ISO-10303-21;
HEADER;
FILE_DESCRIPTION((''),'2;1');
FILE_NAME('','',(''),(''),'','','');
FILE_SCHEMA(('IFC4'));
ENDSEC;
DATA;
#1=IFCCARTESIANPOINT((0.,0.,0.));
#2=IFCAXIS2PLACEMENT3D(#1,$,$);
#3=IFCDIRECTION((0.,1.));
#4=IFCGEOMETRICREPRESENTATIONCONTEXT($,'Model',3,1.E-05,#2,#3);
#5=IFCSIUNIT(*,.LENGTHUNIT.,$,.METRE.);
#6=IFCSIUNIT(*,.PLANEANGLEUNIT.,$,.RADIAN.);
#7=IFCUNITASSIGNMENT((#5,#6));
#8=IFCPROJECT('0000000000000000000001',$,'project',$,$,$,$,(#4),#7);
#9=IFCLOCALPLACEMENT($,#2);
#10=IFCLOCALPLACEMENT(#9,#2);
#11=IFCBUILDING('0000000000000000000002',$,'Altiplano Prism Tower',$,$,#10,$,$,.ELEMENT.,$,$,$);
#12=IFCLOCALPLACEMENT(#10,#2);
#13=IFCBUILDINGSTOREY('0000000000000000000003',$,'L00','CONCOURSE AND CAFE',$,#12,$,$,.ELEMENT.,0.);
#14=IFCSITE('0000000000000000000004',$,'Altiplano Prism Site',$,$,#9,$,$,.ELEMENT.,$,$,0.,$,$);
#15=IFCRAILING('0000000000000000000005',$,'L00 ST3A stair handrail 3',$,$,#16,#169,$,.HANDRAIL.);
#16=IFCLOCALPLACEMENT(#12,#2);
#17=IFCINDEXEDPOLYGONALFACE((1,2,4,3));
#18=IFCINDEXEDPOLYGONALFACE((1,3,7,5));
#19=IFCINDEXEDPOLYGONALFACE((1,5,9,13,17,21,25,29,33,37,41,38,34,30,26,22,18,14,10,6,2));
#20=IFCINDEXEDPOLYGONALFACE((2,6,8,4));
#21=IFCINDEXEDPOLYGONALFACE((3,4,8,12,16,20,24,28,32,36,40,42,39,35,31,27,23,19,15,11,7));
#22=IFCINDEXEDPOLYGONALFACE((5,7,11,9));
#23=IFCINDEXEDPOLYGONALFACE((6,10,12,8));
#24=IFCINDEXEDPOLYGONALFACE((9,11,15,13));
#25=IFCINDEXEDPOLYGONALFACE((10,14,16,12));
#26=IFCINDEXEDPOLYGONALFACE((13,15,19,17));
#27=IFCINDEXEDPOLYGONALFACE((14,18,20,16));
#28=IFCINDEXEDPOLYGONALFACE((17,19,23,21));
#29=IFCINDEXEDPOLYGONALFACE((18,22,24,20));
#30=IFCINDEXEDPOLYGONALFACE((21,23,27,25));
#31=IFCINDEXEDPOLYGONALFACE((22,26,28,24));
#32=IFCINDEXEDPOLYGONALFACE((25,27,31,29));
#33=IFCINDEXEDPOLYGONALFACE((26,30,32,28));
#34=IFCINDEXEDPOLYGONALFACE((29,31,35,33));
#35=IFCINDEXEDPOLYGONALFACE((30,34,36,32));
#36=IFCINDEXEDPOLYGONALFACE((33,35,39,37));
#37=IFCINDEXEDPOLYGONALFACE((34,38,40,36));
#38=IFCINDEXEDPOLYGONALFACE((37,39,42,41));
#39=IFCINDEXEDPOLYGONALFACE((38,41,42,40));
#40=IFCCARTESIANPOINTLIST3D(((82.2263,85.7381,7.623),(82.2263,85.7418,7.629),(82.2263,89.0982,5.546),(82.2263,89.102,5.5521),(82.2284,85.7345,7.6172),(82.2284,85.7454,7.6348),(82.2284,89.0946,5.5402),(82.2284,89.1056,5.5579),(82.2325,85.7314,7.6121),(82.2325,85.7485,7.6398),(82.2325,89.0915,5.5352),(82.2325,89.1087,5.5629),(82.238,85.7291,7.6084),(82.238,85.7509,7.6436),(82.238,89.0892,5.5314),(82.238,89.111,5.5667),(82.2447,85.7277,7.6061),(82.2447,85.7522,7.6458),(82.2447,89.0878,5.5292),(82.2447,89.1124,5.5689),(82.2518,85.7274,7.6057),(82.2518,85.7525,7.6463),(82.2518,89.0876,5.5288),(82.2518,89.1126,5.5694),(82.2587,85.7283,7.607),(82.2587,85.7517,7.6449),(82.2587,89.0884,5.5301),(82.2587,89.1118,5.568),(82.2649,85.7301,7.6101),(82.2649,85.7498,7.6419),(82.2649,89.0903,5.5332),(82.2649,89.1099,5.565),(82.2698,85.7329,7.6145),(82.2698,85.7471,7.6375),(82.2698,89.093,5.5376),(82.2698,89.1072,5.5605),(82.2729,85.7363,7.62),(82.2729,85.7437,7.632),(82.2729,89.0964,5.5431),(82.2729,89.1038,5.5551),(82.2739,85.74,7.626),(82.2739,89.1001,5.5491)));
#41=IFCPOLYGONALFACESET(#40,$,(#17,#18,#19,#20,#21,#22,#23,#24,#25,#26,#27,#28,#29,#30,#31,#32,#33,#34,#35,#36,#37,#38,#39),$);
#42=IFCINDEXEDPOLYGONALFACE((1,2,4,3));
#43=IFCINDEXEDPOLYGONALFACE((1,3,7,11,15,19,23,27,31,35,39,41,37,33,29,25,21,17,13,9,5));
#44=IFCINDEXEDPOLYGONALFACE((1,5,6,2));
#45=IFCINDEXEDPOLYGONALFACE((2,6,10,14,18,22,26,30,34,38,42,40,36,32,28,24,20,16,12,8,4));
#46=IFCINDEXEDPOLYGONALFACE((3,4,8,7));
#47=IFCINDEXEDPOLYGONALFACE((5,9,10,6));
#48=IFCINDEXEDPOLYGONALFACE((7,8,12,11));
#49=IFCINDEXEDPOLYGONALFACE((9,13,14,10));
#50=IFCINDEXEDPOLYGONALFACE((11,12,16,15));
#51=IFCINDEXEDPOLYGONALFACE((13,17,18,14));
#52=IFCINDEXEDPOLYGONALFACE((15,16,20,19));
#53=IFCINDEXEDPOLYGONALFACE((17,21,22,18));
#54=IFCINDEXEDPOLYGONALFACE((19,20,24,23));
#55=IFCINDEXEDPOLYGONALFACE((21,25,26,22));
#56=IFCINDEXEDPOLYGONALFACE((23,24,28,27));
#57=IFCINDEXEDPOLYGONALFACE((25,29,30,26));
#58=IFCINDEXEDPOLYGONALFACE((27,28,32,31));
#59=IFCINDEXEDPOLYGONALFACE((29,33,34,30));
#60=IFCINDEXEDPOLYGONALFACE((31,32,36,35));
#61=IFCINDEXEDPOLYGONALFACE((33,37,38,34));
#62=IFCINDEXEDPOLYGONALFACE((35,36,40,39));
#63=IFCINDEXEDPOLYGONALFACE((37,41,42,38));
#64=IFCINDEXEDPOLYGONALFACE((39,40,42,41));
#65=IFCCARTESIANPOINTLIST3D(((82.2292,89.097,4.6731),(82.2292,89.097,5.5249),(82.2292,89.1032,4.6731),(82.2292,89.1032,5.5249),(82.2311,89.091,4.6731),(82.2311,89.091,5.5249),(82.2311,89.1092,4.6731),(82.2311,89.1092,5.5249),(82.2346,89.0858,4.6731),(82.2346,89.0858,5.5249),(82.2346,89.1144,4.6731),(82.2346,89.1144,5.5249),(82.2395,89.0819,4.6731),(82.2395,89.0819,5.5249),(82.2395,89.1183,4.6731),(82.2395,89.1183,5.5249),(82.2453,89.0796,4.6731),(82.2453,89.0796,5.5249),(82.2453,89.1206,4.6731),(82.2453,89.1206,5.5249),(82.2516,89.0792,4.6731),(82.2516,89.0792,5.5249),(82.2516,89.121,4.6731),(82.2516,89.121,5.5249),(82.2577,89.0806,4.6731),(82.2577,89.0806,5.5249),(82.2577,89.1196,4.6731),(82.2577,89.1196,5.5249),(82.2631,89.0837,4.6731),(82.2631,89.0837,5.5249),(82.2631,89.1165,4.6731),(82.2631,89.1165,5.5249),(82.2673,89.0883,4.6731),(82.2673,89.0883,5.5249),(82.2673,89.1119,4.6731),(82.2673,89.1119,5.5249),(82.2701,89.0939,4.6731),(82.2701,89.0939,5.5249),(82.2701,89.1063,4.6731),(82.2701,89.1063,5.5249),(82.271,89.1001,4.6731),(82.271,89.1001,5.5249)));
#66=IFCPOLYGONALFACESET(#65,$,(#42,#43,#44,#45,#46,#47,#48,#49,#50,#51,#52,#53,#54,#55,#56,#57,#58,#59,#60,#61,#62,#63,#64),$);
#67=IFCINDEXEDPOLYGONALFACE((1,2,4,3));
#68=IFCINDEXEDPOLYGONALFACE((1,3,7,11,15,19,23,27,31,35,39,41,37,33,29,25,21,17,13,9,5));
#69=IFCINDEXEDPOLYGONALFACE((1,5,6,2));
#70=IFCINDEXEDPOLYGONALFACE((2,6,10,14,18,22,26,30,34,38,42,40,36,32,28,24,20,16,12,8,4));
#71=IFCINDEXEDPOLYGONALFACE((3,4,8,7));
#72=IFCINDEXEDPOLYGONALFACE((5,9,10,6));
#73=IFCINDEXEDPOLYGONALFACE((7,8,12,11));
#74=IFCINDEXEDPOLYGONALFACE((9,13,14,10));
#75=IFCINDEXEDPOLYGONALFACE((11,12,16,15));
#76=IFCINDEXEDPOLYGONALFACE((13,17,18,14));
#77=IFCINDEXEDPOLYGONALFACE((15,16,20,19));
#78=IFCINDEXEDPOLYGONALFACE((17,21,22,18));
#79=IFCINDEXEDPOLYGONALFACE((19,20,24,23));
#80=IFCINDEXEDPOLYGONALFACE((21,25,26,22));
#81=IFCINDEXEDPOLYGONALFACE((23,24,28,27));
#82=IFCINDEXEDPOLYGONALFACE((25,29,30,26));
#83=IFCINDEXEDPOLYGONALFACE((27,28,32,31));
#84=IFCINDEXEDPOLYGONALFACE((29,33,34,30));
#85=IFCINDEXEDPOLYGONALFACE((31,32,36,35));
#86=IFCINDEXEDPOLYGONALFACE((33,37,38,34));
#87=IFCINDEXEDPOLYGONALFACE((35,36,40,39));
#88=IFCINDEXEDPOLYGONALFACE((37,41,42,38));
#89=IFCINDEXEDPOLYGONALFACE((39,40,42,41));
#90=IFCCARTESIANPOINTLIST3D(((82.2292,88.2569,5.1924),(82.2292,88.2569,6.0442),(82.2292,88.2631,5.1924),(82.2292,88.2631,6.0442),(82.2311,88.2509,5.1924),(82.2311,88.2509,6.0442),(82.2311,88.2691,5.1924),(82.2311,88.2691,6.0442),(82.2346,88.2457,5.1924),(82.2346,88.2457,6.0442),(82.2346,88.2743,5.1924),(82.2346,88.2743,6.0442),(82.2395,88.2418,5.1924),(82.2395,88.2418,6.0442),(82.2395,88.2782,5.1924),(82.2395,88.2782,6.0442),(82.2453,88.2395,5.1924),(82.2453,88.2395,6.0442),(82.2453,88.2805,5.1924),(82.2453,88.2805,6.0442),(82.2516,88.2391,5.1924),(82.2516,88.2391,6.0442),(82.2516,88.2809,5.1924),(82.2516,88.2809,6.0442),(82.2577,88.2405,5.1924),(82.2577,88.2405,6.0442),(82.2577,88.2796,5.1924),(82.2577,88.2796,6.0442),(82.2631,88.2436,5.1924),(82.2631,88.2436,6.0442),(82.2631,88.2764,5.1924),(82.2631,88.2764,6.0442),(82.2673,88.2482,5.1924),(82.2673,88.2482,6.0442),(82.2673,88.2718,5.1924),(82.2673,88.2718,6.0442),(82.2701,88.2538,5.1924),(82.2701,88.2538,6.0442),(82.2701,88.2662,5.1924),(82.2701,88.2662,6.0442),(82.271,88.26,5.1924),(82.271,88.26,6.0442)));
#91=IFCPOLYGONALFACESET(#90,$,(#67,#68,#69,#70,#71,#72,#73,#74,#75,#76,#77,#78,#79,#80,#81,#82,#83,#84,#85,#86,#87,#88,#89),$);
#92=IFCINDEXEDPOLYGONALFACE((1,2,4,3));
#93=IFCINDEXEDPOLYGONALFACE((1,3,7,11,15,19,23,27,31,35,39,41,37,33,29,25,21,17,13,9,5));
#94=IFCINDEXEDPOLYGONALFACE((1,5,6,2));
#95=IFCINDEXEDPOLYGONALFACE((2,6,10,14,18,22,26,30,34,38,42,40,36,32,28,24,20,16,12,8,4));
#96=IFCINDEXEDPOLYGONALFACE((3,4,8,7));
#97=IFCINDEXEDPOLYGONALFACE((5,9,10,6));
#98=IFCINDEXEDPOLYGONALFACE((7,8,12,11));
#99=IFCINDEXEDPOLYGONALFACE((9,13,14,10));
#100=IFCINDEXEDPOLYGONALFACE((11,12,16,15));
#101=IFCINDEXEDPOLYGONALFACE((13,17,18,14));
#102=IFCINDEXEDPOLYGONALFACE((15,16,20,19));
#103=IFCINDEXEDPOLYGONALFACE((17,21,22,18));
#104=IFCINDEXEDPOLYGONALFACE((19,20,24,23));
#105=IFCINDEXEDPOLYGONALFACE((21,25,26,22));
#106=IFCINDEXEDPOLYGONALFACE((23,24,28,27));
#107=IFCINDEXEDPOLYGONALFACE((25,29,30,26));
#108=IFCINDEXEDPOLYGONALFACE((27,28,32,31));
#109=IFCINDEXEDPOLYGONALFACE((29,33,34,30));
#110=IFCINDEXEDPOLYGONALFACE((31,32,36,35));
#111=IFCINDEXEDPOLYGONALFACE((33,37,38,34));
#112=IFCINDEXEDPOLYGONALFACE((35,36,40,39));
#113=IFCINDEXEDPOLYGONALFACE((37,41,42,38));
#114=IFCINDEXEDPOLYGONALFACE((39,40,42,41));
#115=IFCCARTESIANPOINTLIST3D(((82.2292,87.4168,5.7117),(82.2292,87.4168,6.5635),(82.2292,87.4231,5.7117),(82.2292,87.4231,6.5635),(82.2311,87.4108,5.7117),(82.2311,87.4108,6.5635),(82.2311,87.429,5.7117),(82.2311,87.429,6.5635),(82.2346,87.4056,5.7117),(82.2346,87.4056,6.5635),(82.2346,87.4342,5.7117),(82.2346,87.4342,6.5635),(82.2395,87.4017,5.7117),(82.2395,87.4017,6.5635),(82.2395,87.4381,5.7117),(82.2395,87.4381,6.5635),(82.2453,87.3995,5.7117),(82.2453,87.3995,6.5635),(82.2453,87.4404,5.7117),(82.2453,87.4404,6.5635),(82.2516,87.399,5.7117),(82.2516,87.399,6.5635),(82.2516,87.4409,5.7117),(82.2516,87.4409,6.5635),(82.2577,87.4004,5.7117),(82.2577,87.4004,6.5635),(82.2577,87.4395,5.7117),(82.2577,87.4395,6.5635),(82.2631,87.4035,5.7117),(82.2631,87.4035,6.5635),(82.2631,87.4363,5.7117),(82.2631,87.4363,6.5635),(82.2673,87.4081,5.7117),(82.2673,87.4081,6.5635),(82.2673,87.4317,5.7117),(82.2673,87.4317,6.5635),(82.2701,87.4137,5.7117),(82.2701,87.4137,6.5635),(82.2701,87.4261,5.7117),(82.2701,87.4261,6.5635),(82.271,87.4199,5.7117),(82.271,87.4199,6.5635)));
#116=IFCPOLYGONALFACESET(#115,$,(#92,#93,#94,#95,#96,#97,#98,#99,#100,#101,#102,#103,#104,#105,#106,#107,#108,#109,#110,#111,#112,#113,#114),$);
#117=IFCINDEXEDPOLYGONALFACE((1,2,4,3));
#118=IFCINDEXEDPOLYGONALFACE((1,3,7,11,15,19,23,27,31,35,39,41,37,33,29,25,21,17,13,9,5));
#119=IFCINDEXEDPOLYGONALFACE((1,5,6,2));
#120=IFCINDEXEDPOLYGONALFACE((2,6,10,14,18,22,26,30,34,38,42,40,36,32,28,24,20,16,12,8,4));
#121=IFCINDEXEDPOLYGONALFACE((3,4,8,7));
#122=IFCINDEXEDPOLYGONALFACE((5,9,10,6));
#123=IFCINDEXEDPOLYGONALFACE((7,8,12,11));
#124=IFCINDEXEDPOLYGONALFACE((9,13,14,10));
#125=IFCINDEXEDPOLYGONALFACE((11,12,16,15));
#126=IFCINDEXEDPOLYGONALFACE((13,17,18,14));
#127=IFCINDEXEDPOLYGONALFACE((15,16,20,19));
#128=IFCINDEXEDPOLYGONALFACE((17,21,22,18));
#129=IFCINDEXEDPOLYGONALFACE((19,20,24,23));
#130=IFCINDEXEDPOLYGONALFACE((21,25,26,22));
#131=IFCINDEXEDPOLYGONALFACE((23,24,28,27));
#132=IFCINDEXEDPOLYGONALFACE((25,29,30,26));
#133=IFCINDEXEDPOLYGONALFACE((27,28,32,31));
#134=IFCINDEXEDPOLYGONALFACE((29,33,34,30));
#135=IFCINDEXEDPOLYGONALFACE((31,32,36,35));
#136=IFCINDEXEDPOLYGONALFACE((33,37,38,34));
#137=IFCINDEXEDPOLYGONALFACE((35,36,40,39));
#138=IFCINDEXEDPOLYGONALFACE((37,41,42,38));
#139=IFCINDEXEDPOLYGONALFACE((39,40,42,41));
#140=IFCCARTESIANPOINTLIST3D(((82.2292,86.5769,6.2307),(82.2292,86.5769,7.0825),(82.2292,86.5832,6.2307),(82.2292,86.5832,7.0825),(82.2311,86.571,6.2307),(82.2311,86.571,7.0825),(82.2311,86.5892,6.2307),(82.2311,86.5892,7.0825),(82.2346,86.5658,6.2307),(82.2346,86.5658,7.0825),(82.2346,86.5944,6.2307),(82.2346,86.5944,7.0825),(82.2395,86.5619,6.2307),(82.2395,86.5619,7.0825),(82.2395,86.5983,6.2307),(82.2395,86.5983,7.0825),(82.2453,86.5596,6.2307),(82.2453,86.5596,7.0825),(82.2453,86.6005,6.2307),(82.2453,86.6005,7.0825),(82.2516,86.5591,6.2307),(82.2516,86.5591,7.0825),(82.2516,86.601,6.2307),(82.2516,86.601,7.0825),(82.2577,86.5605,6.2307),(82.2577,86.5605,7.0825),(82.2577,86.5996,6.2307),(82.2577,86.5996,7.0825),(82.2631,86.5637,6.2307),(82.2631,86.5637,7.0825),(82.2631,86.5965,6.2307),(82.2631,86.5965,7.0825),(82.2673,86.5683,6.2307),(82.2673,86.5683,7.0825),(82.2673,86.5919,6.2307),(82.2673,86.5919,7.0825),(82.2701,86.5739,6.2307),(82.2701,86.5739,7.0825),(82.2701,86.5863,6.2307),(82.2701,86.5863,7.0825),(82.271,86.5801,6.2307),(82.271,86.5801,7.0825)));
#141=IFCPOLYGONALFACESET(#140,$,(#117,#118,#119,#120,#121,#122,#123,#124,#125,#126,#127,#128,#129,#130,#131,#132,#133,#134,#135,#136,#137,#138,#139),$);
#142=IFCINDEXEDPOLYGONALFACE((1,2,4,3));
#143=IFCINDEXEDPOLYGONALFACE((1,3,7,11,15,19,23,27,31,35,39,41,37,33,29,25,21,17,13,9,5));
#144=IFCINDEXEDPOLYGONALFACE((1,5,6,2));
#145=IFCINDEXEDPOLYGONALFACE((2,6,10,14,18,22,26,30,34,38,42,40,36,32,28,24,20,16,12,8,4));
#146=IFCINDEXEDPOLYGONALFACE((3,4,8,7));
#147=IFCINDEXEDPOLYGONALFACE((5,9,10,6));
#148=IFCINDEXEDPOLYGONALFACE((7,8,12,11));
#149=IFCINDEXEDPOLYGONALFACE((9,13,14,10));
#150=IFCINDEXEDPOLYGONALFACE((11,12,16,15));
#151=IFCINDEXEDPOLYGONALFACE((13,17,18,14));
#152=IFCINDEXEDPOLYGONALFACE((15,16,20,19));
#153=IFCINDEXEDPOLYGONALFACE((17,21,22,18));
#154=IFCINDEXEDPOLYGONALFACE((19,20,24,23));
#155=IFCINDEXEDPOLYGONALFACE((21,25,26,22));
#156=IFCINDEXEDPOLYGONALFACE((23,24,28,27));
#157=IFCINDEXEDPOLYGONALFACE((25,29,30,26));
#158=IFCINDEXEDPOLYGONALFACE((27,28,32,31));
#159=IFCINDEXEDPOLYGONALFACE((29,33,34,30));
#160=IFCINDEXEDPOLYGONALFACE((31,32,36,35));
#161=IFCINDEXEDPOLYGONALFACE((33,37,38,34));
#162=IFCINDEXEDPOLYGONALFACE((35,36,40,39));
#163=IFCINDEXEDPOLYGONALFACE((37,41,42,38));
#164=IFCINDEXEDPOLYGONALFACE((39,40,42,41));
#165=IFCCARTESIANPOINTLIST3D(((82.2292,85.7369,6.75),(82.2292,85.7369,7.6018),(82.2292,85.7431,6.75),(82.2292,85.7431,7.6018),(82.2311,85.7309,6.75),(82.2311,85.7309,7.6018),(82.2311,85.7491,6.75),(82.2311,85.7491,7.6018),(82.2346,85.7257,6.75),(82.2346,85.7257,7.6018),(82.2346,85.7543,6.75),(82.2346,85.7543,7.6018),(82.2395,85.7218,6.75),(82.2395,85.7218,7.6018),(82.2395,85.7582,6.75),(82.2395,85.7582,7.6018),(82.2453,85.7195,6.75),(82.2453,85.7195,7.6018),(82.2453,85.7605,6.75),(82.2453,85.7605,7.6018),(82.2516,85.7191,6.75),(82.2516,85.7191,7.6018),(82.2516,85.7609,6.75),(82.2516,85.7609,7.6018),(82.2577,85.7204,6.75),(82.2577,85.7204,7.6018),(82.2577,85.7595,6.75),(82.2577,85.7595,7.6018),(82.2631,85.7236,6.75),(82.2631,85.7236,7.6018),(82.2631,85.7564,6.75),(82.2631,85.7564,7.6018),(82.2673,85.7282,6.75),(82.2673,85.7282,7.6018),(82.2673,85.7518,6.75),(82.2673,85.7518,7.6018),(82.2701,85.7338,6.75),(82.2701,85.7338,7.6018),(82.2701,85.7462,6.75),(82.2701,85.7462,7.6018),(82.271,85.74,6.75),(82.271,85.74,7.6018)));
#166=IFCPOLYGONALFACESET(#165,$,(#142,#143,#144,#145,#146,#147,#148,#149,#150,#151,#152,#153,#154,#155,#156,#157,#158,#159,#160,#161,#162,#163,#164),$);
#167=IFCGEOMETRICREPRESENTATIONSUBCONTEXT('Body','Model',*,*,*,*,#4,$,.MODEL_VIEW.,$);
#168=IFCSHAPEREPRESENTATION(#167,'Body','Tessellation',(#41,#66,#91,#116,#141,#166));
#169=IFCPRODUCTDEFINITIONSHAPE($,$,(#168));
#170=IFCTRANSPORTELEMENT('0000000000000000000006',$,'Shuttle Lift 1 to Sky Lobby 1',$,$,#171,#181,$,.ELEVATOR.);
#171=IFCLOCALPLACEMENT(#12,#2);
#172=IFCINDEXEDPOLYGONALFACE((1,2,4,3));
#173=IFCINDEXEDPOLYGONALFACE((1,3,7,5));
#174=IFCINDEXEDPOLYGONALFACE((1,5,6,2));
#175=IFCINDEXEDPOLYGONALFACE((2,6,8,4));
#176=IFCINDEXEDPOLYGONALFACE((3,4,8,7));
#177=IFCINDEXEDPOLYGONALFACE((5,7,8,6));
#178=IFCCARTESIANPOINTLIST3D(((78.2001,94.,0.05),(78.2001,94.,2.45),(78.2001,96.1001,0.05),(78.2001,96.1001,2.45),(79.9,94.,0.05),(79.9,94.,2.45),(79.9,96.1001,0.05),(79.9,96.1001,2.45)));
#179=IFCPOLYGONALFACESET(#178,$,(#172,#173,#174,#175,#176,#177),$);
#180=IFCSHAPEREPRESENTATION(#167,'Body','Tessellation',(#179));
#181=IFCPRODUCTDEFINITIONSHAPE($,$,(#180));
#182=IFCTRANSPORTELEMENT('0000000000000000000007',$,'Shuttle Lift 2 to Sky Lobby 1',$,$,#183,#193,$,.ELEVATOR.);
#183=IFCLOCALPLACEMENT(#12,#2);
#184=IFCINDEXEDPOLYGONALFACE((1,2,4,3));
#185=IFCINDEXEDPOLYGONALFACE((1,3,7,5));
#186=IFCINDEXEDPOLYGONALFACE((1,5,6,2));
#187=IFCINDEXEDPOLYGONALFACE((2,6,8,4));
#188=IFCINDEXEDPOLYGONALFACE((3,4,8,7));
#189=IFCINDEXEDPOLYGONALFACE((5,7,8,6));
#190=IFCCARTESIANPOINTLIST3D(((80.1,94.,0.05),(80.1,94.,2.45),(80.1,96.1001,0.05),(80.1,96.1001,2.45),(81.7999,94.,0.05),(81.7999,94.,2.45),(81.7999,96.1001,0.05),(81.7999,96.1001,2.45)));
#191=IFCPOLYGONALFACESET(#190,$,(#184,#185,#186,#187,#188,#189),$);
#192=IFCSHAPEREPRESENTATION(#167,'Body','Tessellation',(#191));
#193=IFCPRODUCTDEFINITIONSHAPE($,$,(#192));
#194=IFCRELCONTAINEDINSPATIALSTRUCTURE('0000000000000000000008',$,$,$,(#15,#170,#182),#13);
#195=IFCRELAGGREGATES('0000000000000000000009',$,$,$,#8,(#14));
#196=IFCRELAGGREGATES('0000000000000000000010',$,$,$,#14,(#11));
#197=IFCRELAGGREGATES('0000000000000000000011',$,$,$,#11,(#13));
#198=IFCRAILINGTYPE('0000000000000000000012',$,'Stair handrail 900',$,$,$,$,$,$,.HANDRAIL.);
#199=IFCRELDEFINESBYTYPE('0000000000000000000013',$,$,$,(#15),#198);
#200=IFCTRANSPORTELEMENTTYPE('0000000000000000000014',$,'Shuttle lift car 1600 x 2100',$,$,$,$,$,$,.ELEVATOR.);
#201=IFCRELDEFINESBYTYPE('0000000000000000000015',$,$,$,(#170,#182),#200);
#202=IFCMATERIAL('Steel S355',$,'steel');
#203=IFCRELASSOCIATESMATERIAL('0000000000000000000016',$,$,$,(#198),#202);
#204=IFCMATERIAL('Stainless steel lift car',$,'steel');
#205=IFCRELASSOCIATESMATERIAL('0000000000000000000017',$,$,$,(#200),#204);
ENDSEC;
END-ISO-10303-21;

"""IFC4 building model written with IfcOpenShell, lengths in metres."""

from ifc_helpers import new_model, si_unit, direction, frame, origin, origin_2d, place, context, subcontext, project, spatial, rectangle, circle, extrude, material, type_object, element, save


model = new_model("IFC4")

# Units and contexts
model_context = context("Model", 3, precision=1e-05, world=origin(), true_north=direction((0.0, 1.0)))
body_context = subcontext(model_context, "Body", "Model", "MODEL_VIEW")
ifc_project = project(units=[si_unit("LENGTHUNIT", "METRE"), si_unit("PLANEANGLEUNIT", "RADIAN")], contexts=[model_context])

# Site, building, storey
site_placement = place(None, origin())
site = spatial("IfcSite", under=ifc_project, at=site_placement, Name="Altiplano Prism Site", CompositionType="ELEMENT", RefElevation=0.0)
building_placement = place(site_placement, origin())
building = spatial("IfcBuilding", under=site, at=building_placement, Name="Altiplano Prism Tower", CompositionType="ELEMENT")
storey_placement = place(building_placement, origin())
storey = spatial("IfcBuildingStorey", under=building, at=storey_placement, Name="L00", Description="CONCOURSE AND CAFE", CompositionType="ELEMENT", Elevation=0.0)

# Railing
ifc_material_1 = material(Name="Steel S355", Category="steel")
railing_type = type_object("IfcRailingType", Name="Stair handrail 900", PredefinedType="HANDRAIL", material=ifc_material_1)
for number, where, name in (
    (1, (82.25, 89.1001, 4.6731), "L00 ST3A stair handrail 3"),
):
    element("IfcRailing", number, at=place(storey_placement, frame(where)), inside=storey, type_object=railing_type, Name=name, PredefinedType="HANDRAIL", context=body_context, shape_type="SweptSolid", body=[
        extrude(circle(Radius=0.0239, at=origin_2d()), frame((0.0, 0.0, 0.876), z_axis=(0.0, -0.850623, 0.525776), x_axis=(1.0, 0.0, 0.0)), (0.0, 0.0, 1.0), 3.9502),
        extrude(circle(Radius=0.021, at=origin_2d()), origin(), (0.0, 0.0, 1.0), 0.8518),
        extrude(circle(Radius=0.021, at=origin_2d()), frame((0.0, -0.8401, 0.5193)), (0.0, 0.0, 1.0), 0.8518),
        extrude(circle(Radius=0.021, at=origin_2d()), frame((0.0, -1.6802, 1.0386)), (0.0, 0.0, 1.0), 0.8518),
        extrude(circle(Radius=0.021, at=origin_2d()), frame((0.0, -2.52, 1.5576)), (0.0, 0.0, 1.0), 0.8518),
        extrude(circle(Radius=0.021, at=origin_2d()), frame((0.0, -3.3601, 2.0769)), (0.0, 0.0, 1.0), 0.8518),
    ])

# Transport elements
ifc_material_2 = material(Name="Stainless steel lift car", Category="steel")
transport_element_type = type_object("IfcTransportElementType", Name="Shuttle lift car 1600 x 2100", PredefinedType="ELEVATOR", material=ifc_material_2)
for number, where, z_axis, x_axis, name in (
    (2, (79.05, 95.05, 0.05), (0.0, 0.0, 1.0), (1.0, 0.0, 0.0), "Shuttle Lift 1 to Sky Lobby 1"),
    (3, (80.95, 95.05, 0.05), (0.0, 0.0, 1.0), (1.0, 0.0, 0.0), "Shuttle Lift 2 to Sky Lobby 1"),
):
    element("IfcTransportElement", number, at=place(storey_placement, frame(where, z_axis=z_axis, x_axis=x_axis)), inside=storey, type_object=transport_element_type, Name=name, PredefinedType="ELEVATOR", context=body_context, shape_type="SweptSolid", body=[
        extrude(rectangle(XDim=1.7, YDim=2.1001, at=origin_2d()), origin(), (0.0, 0.0, 1.0), 2.3999),
    ])

save(model, "model.ifc")
